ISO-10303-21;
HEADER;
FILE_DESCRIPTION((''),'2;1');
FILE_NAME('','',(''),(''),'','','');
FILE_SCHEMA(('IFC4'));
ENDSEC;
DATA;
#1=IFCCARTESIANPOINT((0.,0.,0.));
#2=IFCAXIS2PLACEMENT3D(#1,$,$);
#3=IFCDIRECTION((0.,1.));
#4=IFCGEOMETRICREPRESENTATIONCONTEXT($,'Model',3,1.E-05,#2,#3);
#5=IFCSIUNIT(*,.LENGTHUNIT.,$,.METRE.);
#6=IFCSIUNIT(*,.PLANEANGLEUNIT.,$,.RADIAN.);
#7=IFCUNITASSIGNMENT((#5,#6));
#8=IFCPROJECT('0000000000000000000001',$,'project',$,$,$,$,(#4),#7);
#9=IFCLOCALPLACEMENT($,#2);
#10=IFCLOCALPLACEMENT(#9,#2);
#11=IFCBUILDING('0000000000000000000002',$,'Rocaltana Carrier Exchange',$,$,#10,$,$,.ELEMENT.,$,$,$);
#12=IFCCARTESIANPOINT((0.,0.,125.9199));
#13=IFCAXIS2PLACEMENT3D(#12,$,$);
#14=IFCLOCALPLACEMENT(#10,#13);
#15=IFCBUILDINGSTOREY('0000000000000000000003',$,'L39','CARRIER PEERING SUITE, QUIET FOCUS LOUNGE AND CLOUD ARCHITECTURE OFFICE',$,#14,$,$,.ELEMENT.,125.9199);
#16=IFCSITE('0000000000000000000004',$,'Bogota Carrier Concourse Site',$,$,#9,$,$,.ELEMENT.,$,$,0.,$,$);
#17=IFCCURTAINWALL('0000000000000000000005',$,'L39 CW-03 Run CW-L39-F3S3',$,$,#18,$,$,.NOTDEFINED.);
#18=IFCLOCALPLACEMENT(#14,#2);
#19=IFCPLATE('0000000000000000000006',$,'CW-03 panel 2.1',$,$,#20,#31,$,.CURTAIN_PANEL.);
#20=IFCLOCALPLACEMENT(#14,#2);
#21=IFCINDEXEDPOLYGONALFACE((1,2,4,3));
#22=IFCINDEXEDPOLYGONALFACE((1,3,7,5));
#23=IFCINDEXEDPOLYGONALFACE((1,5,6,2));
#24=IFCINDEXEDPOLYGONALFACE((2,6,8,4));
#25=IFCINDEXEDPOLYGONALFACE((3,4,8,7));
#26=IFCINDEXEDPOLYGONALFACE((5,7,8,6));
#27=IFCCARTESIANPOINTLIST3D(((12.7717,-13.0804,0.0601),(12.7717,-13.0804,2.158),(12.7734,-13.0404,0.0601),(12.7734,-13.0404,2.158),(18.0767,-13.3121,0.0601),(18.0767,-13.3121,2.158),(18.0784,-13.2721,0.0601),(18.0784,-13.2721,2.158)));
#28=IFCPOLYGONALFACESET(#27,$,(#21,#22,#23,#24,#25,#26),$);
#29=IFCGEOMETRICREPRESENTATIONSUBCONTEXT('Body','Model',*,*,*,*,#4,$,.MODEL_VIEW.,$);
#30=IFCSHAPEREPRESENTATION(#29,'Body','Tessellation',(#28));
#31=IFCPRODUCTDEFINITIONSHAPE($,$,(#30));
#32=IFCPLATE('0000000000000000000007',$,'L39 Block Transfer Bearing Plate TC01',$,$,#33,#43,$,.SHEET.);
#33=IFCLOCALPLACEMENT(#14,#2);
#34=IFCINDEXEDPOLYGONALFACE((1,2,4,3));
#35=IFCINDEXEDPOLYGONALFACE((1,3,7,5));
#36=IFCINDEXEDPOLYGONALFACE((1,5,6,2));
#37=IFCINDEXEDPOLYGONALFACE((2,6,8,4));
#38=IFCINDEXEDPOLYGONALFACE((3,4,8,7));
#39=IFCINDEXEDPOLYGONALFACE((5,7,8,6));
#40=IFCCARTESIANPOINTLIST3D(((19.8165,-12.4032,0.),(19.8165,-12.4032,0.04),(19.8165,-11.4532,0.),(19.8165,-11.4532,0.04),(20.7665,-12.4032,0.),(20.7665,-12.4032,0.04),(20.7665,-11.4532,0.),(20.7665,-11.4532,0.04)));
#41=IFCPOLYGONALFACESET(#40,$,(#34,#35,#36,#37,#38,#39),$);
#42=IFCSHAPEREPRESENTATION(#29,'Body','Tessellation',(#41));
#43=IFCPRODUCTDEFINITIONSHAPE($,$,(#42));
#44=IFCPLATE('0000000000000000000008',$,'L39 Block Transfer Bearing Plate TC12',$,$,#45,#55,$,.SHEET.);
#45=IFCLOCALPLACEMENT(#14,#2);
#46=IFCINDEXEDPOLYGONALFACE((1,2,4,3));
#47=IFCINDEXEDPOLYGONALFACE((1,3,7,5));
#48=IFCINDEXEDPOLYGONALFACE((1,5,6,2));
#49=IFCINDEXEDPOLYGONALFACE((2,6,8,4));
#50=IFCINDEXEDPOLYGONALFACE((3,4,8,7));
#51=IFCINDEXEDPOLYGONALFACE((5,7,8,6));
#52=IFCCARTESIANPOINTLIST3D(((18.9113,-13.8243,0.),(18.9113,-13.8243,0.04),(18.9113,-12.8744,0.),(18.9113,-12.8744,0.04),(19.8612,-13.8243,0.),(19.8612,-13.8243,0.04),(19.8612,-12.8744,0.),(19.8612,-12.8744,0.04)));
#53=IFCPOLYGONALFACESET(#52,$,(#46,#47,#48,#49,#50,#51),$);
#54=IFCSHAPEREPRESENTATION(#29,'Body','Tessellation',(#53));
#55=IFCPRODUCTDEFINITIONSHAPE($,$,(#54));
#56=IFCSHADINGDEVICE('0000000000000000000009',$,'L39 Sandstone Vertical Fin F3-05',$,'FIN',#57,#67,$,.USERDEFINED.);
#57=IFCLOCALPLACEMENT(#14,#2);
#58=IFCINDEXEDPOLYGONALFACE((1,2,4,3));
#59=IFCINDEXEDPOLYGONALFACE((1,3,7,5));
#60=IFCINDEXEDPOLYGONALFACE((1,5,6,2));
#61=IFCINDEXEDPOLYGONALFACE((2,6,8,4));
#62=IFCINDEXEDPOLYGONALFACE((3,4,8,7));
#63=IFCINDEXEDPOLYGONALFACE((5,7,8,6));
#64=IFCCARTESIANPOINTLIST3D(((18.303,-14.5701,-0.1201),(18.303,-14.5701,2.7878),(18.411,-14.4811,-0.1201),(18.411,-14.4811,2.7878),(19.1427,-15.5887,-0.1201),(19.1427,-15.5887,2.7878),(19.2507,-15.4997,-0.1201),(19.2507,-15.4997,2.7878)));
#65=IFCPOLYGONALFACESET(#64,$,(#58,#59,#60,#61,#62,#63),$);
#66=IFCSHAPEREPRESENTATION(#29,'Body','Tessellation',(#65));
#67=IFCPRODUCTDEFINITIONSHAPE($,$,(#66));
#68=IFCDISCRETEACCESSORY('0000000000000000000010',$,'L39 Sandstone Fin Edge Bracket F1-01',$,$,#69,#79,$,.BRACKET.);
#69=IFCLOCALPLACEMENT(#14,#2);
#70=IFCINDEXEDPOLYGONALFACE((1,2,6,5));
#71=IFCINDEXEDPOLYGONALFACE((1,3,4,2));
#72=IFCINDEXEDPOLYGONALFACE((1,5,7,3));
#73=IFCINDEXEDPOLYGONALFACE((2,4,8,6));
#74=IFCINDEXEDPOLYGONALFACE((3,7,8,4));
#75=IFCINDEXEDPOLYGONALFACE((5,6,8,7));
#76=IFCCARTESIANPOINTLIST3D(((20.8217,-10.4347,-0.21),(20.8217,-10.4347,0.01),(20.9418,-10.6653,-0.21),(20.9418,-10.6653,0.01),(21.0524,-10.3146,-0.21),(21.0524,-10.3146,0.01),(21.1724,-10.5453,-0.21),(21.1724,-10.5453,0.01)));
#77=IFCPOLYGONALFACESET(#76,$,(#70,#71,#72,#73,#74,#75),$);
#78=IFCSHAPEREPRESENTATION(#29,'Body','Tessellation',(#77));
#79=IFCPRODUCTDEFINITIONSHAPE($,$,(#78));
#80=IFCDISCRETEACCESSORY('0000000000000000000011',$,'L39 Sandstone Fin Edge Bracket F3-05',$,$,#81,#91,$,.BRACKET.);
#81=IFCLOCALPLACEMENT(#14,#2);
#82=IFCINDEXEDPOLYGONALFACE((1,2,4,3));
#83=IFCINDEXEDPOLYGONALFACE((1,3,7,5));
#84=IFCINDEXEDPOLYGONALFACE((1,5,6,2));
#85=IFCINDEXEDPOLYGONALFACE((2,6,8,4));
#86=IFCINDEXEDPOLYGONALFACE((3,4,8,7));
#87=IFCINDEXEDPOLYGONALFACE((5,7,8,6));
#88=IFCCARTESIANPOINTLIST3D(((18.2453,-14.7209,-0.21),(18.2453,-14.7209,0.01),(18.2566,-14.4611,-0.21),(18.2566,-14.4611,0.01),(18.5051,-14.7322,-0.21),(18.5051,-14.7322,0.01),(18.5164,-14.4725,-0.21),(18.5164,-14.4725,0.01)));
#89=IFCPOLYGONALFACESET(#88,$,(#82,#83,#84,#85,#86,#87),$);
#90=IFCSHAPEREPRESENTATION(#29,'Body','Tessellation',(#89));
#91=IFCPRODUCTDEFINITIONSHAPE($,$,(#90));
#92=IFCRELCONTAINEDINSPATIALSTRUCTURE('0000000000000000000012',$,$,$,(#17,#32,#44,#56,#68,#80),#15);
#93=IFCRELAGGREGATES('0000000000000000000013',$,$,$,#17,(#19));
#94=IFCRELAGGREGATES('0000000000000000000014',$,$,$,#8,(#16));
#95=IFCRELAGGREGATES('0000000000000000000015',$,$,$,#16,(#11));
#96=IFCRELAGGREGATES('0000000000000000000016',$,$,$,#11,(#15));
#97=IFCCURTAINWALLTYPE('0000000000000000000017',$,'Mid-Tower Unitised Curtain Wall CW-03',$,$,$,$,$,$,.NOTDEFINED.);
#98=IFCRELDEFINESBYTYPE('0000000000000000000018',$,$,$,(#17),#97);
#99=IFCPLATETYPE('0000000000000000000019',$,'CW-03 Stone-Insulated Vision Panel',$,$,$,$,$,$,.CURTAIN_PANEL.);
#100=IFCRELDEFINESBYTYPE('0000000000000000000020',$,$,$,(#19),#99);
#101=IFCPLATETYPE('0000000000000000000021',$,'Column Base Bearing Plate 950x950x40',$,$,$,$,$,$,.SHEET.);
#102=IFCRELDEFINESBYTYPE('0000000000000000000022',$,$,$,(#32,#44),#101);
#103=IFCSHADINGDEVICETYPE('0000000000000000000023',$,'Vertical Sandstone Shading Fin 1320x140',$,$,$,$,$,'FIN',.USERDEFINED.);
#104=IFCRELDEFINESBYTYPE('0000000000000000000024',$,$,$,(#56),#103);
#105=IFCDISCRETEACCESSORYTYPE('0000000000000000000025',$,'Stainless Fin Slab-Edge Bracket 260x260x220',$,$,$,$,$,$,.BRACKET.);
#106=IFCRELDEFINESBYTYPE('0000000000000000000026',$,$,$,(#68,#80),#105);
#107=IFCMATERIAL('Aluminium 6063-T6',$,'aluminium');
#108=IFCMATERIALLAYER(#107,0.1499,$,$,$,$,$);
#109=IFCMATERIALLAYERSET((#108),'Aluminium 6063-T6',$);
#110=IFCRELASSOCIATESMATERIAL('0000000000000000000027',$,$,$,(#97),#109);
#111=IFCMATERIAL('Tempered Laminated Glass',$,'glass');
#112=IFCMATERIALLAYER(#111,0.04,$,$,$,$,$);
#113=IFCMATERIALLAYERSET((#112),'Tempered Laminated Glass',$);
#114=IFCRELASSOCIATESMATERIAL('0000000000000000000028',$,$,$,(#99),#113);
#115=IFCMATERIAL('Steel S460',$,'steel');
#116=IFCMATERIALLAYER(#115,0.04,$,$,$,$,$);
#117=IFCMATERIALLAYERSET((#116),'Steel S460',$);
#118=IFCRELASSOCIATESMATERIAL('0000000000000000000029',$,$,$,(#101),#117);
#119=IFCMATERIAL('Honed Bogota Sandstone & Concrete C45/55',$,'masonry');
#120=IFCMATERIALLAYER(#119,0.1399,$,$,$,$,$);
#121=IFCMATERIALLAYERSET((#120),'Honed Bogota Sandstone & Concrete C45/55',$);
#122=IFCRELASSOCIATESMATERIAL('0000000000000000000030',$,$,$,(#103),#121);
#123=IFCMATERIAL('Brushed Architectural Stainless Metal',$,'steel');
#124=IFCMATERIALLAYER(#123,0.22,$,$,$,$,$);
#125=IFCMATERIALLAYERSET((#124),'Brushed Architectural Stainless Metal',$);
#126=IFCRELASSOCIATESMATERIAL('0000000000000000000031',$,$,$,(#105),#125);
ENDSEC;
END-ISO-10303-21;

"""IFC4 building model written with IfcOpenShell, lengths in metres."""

from ifc_helpers import new_model, si_unit, direction, frame, origin, origin_2d, place, context, subcontext, project, spatial, rectangle, extrude, material, layer, layer_set, type_object, element, aggregate, save


model = new_model("IFC4")

# Units and contexts
model_context = context("Model", 3, precision=1e-05, world=origin(), true_north=direction((0.0, 1.0)))
body_context = subcontext(model_context, "Body", "Model", "MODEL_VIEW")
ifc_project = project(units=[si_unit("LENGTHUNIT", "METRE"), si_unit("PLANEANGLEUNIT", "RADIAN")], contexts=[model_context])

# Site, building, storey
site_placement = place(None, origin())
site = spatial("IfcSite", under=ifc_project, at=site_placement, Name="Bogota Carrier Concourse Site", CompositionType="ELEMENT", RefElevation=0.0)
building_placement = place(site_placement, origin())
building = spatial("IfcBuilding", under=site, at=building_placement, Name="Rocaltana Carrier Exchange", CompositionType="ELEMENT")
storey_placement = place(building_placement, frame((0.0, 0.0, 125.9199)))
storey = spatial("IfcBuildingStorey", under=building, at=storey_placement, Name="L39", Description="CARRIER PEERING SUITE, QUIET FOCUS LOUNGE AND CLOUD ARCHITECTURE OFFICE", CompositionType="ELEMENT", Elevation=125.9199)

# Shared definitions
ifc_material_1 = material(Name="Aluminium 6063-T6", Category="aluminium")
ifc_layer_1 = layer(ifc_material_1, 0.1499)
ifc_layer_set_1 = layer_set([ifc_layer_1], Name="Aluminium 6063-T6")
curtain_wall_type = type_object("IfcCurtainWallType", Name="Mid-Tower Unitised Curtain Wall CW-03", PredefinedType="NOTDEFINED", material=ifc_layer_set_1)

# Curtain wall
curtain_wall_1_placement = place(storey_placement, origin())
curtain_wall_1 = element("IfcCurtainWall", 1, at=curtain_wall_1_placement, inside=storey, type_object=curtain_wall_type, Name="L39 CW-03 Run CW-L39-F3S3", PredefinedType="NOTDEFINED")

# Plate
ifc_material_2 = material(Name="Tempered Laminated Glass", Category="glass")
ifc_layer_2 = layer(ifc_material_2, 0.04)
ifc_layer_set_2 = layer_set([ifc_layer_2], Name="Tempered Laminated Glass")
plate_type_1 = type_object("IfcPlateType", Name="CW-03 Stone-Insulated Vision Panel", PredefinedType="CURTAIN_PANEL", material=ifc_layer_set_2)
plate_placement = place(storey_placement, frame((15.425, -13.1763, 0.0601), z_axis=(0.0, 0.0, 1.0), x_axis=(0.999048, -0.043629, 0.0)))
plate = element("IfcPlate", 2, at=plate_placement, type_object=plate_type_1, Name="CW-03 panel 2.1", PredefinedType="CURTAIN_PANEL", context=body_context, shape_type="SweptSolid", body=[
    extrude(rectangle(XDim=5.3101, YDim=0.04, at=origin_2d()), origin(), (0.0, 0.0, 1.0), 2.0979),
])
aggregate(curtain_wall_1, [plate])

# Plates
ifc_material_3 = material(Name="Steel S460", Category="steel")
ifc_layer_3 = layer(ifc_material_3, 0.04)
ifc_layer_set_3 = layer_set([ifc_layer_3], Name="Steel S460")
plate_type_2 = type_object("IfcPlateType", Name="Column Base Bearing Plate 950x950x40", PredefinedType="SHEET", material=ifc_layer_set_3)
for number, where, z_axis, x_axis, name in (
    (3, (20.2915, -11.9282, 0.0), (0.0, 0.0, 1.0), (1.0, 0.0, 0.0), "L39 Block Transfer Bearing Plate TC01"),
    (4, (19.3862, -13.3494, 0.0), (0.0, 0.0, 1.0), (1.0, 0.0, 0.0), "L39 Block Transfer Bearing Plate TC12"),
):
    element("IfcPlate", number, at=place(storey_placement, frame(where, z_axis=z_axis, x_axis=x_axis)), inside=storey, type_object=plate_type_2, Name=name, PredefinedType="SHEET", context=body_context, shape_type="SweptSolid", body=[
        extrude(rectangle(XDim=0.95, YDim=0.95, at=origin_2d()), origin(), (0.0, 0.0, 1.0), 0.04),
    ])

# Shading device
ifc_material_4 = material(Name="Honed Bogota Sandstone & Concrete C45/55", Category="masonry")
ifc_layer_4 = layer(ifc_material_4, 0.1399)
ifc_layer_set_4 = layer_set([ifc_layer_4], Name="Honed Bogota Sandstone & Concrete C45/55")
shading_device_type = type_object("IfcShadingDeviceType", Name="Vertical Sandstone Shading Fin 1320x140", ElementType="FIN", PredefinedType="USERDEFINED", material=ifc_layer_set_4)
shading_device_placement = place(storey_placement, frame((18.7769, -15.0349, -0.1201), z_axis=(0.0, 0.0, 1.0), x_axis=(0.636078, -0.771625, 0.0)))
element("IfcShadingDevice", 5, at=shading_device_placement, inside=storey, type_object=shading_device_type, Name="L39 Sandstone Vertical Fin F3-05", ObjectType="FIN", PredefinedType="USERDEFINED", context=body_context, shape_type="SweptSolid", body=[
    extrude(rectangle(XDim=1.3201, YDim=0.1399, at=origin_2d()), origin(), (0.0, 0.0, 1.0), 2.908),
])

# Discrete accessories
ifc_material_5 = material(Name="Brushed Architectural Stainless Metal", Category="steel")
ifc_layer_5 = layer(ifc_material_5, 0.22)
ifc_layer_set_5 = layer_set([ifc_layer_5], Name="Brushed Architectural Stainless Metal")
discrete_accessory_type = type_object("IfcDiscreteAccessoryType", Name="Stainless Fin Slab-Edge Bracket 260x260x220", PredefinedType="BRACKET", material=ifc_layer_set_5)
for number, where, z_axis, x_axis, name in (
    (6, (20.9971, -10.49, -0.21), (0.0, 0.0, 1.0), (-0.461749, 0.887011, 0.0), "L39 Sandstone Fin Edge Bracket F1-01"),
    (7, (18.3809, -14.5967, -0.21), (0.0, 0.0, 1.0), (0.999048, -0.043619, 0.0), "L39 Sandstone Fin Edge Bracket F3-05"),
):
    element("IfcDiscreteAccessory", number, at=place(storey_placement, frame(where, z_axis=z_axis, x_axis=x_axis)), inside=storey, type_object=discrete_accessory_type, Name=name, PredefinedType="BRACKET", context=body_context, shape_type="SweptSolid", body=[
        extrude(rectangle(XDim=0.26, YDim=0.26, at=origin_2d()), origin(), (0.0, 0.0, 1.0), 0.22),
    ])

save(model, "model.ifc")
